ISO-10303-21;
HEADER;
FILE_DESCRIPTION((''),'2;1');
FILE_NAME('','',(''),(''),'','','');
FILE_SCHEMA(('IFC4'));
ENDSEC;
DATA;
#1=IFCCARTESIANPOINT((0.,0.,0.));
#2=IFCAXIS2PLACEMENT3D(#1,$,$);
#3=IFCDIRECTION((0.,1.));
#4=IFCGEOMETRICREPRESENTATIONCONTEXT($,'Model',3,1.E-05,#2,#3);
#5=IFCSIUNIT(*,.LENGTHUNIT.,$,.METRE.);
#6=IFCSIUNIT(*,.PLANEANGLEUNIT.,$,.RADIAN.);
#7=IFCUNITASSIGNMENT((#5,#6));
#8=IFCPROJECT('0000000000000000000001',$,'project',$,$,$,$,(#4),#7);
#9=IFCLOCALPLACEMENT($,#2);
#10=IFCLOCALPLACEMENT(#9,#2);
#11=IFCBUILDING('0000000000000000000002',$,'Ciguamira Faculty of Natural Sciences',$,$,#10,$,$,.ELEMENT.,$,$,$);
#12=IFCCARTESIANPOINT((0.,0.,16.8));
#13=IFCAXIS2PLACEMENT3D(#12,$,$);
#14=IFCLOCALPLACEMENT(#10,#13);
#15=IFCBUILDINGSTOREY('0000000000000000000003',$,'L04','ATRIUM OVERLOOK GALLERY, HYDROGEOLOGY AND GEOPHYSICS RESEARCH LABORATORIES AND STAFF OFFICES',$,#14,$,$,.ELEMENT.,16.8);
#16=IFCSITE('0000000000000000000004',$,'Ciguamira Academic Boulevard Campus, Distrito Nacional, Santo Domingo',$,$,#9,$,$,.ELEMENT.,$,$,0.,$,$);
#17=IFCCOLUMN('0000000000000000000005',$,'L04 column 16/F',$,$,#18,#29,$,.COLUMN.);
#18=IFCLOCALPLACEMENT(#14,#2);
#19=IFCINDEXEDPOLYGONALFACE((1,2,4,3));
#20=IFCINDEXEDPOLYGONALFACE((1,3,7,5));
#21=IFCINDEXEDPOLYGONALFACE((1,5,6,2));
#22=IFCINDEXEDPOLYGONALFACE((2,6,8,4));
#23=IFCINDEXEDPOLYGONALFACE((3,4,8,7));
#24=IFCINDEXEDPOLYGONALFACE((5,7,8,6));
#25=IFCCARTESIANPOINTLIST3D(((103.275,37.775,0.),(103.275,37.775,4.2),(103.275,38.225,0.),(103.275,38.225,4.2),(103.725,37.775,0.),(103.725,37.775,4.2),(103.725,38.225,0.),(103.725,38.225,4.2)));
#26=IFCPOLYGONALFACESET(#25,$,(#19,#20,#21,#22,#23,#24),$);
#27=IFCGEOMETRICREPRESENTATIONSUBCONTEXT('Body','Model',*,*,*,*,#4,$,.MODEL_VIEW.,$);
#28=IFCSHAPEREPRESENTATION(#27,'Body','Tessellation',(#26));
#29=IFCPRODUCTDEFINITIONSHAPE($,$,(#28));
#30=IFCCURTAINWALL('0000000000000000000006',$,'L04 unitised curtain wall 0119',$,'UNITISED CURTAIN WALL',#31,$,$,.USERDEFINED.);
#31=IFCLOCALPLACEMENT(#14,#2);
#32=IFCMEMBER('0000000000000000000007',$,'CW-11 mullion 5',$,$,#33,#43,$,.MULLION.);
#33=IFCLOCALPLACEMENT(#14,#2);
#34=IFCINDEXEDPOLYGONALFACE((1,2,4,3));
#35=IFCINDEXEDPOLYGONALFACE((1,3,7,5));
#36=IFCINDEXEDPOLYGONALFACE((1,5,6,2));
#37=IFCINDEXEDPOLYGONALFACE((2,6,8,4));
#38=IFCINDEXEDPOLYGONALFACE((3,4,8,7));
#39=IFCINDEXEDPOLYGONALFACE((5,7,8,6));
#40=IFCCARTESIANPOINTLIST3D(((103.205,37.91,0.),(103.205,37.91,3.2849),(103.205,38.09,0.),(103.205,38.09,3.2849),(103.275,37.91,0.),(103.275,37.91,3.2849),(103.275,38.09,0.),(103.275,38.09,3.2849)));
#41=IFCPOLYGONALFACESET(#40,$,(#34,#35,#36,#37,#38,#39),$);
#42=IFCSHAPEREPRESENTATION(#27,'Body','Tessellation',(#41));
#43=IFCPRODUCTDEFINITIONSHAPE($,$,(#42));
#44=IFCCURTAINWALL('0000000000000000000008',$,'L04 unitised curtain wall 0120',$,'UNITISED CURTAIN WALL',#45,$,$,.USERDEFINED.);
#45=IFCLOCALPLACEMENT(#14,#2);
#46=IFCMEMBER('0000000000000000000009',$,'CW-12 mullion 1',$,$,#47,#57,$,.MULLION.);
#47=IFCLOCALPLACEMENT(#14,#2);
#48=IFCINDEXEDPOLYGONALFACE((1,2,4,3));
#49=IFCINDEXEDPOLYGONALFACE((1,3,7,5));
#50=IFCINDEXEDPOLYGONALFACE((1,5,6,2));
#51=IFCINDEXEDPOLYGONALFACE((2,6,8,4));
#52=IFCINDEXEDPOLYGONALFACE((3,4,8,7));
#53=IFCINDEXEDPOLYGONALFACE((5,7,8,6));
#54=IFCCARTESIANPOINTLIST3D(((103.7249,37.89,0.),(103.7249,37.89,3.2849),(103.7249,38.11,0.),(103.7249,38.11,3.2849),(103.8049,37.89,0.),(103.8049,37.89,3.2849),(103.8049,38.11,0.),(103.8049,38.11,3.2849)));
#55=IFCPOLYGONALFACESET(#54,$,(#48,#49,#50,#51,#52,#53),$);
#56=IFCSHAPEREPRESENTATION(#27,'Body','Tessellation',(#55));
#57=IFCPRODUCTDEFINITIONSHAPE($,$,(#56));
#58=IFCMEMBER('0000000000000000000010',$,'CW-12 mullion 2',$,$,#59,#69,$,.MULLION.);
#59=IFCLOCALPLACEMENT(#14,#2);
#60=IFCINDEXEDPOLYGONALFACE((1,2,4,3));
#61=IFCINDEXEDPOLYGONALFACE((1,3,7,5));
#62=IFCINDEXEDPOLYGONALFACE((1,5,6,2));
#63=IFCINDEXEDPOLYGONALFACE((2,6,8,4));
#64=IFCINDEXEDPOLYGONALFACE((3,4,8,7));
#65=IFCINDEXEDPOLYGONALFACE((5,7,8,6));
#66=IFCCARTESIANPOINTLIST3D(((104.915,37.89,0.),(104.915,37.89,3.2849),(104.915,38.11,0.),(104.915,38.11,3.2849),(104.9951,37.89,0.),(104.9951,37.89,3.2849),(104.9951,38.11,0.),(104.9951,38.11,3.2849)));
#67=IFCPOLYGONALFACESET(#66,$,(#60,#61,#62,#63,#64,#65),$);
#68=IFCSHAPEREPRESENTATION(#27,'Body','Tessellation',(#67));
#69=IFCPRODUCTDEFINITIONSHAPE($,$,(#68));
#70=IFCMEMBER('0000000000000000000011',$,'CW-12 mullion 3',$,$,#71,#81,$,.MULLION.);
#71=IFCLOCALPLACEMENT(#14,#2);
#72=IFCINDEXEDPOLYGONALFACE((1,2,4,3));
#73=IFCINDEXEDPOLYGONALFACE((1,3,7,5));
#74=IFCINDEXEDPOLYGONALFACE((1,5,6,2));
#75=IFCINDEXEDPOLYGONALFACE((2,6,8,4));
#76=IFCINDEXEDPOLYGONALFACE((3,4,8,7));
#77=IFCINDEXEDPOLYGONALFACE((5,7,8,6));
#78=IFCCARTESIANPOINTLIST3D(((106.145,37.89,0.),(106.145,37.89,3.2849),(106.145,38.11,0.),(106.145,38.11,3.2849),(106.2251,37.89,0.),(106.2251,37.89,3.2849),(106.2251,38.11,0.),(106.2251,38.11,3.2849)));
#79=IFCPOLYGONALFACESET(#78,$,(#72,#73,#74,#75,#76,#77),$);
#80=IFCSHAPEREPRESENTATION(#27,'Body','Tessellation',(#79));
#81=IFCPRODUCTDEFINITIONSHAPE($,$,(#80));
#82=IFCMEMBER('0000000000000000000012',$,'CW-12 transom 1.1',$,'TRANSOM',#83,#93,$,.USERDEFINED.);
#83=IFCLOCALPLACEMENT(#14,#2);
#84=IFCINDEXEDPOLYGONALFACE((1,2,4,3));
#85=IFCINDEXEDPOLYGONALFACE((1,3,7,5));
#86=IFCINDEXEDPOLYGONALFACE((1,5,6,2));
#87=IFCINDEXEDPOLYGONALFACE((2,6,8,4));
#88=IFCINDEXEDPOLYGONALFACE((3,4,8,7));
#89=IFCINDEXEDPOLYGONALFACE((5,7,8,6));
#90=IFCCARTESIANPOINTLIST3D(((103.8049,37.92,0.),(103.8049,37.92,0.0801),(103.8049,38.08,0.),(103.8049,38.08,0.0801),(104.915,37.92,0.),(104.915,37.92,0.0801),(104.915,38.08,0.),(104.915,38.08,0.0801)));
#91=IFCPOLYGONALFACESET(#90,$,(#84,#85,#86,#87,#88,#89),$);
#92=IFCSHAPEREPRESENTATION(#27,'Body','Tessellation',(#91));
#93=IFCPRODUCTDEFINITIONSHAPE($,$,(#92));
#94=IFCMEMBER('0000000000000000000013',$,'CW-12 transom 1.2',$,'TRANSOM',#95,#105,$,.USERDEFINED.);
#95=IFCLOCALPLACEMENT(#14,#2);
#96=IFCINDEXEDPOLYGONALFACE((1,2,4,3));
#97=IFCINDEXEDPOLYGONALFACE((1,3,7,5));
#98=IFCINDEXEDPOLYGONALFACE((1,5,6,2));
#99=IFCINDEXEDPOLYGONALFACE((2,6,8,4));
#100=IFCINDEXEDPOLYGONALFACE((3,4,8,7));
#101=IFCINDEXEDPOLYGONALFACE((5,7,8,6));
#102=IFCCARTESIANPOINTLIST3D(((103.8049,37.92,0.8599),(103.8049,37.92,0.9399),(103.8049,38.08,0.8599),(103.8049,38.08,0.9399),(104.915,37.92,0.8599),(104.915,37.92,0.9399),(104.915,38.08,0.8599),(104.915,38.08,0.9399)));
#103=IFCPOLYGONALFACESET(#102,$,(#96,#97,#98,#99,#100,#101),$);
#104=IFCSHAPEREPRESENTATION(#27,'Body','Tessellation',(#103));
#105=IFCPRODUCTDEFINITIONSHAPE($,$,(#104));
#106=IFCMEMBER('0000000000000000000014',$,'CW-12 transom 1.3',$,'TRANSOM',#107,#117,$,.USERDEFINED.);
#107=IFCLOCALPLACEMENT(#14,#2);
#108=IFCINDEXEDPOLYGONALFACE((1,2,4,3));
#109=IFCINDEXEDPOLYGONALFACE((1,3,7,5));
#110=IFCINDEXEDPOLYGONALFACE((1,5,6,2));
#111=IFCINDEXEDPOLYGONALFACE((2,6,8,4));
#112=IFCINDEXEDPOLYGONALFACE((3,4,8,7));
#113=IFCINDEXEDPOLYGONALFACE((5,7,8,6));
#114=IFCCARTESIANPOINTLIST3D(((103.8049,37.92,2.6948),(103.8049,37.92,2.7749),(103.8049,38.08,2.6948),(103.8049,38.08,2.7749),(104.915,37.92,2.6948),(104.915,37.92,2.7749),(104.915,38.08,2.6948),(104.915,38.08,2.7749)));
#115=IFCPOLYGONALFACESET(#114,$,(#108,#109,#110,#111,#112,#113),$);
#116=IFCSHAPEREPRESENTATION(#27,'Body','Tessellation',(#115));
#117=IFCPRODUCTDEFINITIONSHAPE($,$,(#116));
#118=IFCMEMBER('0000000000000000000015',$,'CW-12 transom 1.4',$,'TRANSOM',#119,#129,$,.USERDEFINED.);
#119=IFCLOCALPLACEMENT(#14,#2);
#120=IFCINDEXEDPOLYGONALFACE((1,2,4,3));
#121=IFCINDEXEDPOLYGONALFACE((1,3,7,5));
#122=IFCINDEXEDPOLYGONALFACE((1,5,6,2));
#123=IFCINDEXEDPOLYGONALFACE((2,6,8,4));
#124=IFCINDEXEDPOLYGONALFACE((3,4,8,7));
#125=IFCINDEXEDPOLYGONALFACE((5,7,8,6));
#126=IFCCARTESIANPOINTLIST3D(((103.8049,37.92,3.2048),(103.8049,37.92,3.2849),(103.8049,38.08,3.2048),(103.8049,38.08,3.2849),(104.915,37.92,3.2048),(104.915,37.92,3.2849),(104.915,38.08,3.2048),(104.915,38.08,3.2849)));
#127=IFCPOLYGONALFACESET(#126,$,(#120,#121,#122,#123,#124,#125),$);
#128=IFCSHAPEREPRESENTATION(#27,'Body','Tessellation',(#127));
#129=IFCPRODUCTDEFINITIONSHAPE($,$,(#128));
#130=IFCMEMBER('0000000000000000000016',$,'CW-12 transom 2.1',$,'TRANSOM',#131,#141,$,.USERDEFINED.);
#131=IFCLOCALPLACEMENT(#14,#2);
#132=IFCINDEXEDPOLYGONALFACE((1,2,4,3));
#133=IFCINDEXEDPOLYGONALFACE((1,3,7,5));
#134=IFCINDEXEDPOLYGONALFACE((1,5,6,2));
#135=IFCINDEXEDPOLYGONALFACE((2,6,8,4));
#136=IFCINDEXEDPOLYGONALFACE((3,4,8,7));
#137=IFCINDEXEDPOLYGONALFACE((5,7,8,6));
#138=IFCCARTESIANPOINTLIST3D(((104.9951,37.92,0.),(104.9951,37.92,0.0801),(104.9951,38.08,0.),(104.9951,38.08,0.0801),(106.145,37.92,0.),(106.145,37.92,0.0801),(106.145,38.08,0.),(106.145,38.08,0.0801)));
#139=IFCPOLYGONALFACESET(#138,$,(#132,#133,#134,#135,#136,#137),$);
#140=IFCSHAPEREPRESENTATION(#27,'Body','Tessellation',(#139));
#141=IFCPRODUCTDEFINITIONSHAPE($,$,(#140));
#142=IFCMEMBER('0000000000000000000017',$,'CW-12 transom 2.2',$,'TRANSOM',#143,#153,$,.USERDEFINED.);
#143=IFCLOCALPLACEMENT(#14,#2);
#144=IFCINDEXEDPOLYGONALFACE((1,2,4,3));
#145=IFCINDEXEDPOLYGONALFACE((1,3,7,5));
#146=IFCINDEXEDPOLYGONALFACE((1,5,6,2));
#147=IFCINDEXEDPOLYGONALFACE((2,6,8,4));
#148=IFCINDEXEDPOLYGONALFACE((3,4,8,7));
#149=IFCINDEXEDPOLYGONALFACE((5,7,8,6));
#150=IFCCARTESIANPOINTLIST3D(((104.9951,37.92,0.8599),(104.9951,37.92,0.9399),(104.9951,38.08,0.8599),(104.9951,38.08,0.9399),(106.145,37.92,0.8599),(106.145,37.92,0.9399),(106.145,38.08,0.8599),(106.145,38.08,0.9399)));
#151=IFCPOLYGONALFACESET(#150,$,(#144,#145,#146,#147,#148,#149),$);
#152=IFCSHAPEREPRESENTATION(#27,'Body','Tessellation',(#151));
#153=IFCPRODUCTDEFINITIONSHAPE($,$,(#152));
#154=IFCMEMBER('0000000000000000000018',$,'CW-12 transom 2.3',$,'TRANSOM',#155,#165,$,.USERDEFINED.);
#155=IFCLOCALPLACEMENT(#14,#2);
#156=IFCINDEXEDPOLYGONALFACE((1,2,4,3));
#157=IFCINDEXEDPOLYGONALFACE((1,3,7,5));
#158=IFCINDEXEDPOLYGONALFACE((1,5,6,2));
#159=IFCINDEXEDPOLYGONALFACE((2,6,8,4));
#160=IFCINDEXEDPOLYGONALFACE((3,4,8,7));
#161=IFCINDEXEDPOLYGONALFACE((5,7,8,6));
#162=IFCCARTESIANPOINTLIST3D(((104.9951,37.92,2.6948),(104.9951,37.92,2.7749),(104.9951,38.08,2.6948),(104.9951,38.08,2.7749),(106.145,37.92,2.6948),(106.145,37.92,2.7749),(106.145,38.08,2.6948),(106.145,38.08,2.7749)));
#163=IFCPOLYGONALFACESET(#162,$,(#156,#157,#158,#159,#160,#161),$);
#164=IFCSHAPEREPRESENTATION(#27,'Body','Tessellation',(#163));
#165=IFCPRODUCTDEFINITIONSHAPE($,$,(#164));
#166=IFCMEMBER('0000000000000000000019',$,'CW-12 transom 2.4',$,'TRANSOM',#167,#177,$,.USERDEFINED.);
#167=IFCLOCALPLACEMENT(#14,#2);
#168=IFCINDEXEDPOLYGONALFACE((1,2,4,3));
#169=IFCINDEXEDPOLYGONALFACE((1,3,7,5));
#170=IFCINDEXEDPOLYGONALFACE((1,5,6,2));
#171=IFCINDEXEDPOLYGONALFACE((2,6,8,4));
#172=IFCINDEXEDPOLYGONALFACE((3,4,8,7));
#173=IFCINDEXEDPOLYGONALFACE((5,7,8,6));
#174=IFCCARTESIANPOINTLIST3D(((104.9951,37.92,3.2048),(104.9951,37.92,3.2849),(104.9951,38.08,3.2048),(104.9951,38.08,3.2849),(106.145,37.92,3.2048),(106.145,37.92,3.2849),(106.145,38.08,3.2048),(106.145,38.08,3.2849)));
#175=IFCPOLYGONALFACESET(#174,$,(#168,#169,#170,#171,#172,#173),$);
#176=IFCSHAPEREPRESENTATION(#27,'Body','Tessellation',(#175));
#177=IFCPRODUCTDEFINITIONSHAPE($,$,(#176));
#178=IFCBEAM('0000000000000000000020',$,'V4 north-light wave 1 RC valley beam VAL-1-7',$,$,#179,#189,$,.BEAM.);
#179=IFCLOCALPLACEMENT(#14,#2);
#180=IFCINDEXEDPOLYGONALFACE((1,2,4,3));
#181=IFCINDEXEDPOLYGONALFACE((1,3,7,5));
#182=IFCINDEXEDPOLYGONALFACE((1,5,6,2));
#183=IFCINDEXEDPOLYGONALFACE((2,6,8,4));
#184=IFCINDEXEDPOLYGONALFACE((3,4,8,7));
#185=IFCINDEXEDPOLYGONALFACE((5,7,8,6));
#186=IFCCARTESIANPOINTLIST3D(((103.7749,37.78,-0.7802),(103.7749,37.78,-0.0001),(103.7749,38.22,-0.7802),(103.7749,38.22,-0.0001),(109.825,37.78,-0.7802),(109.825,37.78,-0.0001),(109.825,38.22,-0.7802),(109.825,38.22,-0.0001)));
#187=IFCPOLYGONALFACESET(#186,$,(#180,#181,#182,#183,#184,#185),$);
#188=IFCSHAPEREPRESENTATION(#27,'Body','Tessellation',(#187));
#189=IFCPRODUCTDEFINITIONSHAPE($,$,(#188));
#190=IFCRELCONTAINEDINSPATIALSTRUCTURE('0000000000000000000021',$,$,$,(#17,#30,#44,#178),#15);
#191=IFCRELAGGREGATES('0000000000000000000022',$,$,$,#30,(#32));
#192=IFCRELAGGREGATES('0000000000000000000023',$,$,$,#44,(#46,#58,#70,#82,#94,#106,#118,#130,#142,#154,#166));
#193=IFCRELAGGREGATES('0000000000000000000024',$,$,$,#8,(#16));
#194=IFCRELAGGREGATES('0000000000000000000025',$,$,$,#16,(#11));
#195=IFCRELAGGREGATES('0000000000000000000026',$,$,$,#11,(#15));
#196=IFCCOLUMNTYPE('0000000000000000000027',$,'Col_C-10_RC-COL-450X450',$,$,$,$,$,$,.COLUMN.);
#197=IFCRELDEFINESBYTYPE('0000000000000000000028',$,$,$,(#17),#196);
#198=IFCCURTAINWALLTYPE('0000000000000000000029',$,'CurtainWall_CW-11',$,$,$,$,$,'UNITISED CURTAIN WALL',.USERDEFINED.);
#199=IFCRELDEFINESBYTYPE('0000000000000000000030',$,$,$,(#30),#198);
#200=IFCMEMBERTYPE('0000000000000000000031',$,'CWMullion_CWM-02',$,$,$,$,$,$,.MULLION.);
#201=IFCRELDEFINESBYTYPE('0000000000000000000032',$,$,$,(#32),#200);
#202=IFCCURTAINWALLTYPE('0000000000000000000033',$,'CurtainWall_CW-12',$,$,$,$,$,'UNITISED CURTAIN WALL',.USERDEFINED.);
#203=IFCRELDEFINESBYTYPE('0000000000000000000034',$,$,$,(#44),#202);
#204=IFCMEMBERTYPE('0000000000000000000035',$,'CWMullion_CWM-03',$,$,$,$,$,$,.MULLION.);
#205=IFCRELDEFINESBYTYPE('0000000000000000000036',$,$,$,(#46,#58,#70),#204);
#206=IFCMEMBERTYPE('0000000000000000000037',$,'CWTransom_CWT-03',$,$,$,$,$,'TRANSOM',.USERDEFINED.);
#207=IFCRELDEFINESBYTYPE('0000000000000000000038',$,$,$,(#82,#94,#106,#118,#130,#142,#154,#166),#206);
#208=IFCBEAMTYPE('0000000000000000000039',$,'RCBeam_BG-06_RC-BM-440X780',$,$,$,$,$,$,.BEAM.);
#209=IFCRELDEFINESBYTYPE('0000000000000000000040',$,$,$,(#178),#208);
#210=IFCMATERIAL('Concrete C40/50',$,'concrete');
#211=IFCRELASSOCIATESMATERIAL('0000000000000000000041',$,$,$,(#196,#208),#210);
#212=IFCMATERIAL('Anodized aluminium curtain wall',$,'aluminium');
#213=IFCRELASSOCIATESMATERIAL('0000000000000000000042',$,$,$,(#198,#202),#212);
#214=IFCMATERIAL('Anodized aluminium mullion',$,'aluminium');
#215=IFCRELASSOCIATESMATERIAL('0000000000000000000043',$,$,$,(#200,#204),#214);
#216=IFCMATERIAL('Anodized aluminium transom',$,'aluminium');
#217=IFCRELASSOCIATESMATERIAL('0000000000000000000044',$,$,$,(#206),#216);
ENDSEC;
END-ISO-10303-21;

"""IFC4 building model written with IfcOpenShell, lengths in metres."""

from ifc_helpers import new_model, si_unit, direction, frame, origin, origin_2d, place, context, subcontext, project, spatial, rectangle, extrude, material, material_profile, profile_set, type_object, element, aggregate, save


model = new_model("IFC4")

# Units and contexts
model_context = context("Model", 3, precision=1e-05, world=origin(), true_north=direction((0.0, 1.0)))
body_context = subcontext(model_context, "Body", "Model", "MODEL_VIEW")
ifc_project = project(units=[si_unit("LENGTHUNIT", "METRE"), si_unit("PLANEANGLEUNIT", "RADIAN")], contexts=[model_context])

# Site, building, storey
site_placement = place(None, origin())
site = spatial("IfcSite", under=ifc_project, at=site_placement, Name="Ciguamira Academic Boulevard Campus, Distrito Nacional, Santo Domingo", CompositionType="ELEMENT", RefElevation=0.0)
building_placement = place(site_placement, origin())
building = spatial("IfcBuilding", under=site, at=building_placement, Name="Ciguamira Faculty of Natural Sciences", CompositionType="ELEMENT")
storey_placement = place(building_placement, frame((0.0, 0.0, 16.8)))
storey = spatial("IfcBuildingStorey", under=building, at=storey_placement, Name="L04", Description="ATRIUM OVERLOOK GALLERY, HYDROGEOLOGY AND GEOPHYSICS RESEARCH LABORATORIES AND STAFF OFFICES", CompositionType="ELEMENT", Elevation=16.8)

# Column
ifc_material_1 = material(Name="Concrete C40/50", Category="concrete")
ifc_material_profile_1 = material_profile(ifc_material_1, rectangle(XDim=0.45, YDim=0.45, at=origin_2d()), Name="RC-COL-450X450")
ifc_profile_set_1 = profile_set([ifc_material_profile_1], Name="Concrete C40/50")
column_type = type_object("IfcColumnType", Name="Col_C-10_RC-COL-450X450", PredefinedType="COLUMN", material=ifc_profile_set_1)
column_placement = place(storey_placement, frame((103.5, 38.0, 0.0), z_axis=(0.0, 0.0, 1.0), x_axis=(1.0, 0.0, 0.0)))
element("IfcColumn", 1, at=column_placement, inside=storey, type_object=column_type, Name="L04 column 16/F", PredefinedType="COLUMN", context=body_context, shape_type="SweptSolid", body=[
    extrude(rectangle(XDim=0.45, YDim=0.45, at=origin_2d()), origin(), (0.0, 0.0, 1.0), 4.2),
])

# Curtain wall, member
ifc_material_2 = material(Name="Anodized aluminium curtain wall", Category="aluminium")
curtain_wall_type_1 = type_object("IfcCurtainWallType", Name="CurtainWall_CW-11", ElementType="UNITISED CURTAIN WALL", PredefinedType="USERDEFINED", material=ifc_material_2)
curtain_wall_1_placement = place(storey_placement, origin())
curtain_wall_1 = element("IfcCurtainWall", 2, at=curtain_wall_1_placement, inside=storey, type_object=curtain_wall_type_1, Name="L04 unitised curtain wall 0119", ObjectType="UNITISED CURTAIN WALL", PredefinedType="USERDEFINED")
ifc_material_3 = material(Name="Anodized aluminium mullion", Category="aluminium")
ifc_material_profile_2 = material_profile(ifc_material_3, rectangle(XDim=0.0701, YDim=0.1799, at=origin_2d()), Name="ALU-MUL-70X180")
ifc_profile_set_2 = profile_set([ifc_material_profile_2], Name="Anodized aluminium mullion")
member_type_1 = type_object("IfcMemberType", Name="CWMullion_CWM-02", PredefinedType="MULLION", material=ifc_profile_set_2)
member_1_placement = place(storey_placement, frame((103.24, 38.0, 0.0), z_axis=(0.0, 0.0, 1.0), x_axis=(1.0, 0.0, 0.0)))
member_1 = element("IfcMember", 3, at=member_1_placement, type_object=member_type_1, Name="CW-11 mullion 5", PredefinedType="MULLION", context=body_context, shape_type="SweptSolid", body=[
    extrude(rectangle(XDim=0.0701, YDim=0.1799, at=origin_2d()), origin(), (0.0, 0.0, 1.0), 3.2849),
])

# Curtain wall, members
curtain_wall_type_2 = type_object("IfcCurtainWallType", Name="CurtainWall_CW-12", ElementType="UNITISED CURTAIN WALL", PredefinedType="USERDEFINED", material=ifc_material_2)
curtain_wall_2_placement = place(storey_placement, origin())
curtain_wall_2 = element("IfcCurtainWall", 4, at=curtain_wall_2_placement, inside=storey, type_object=curtain_wall_type_2, Name="L04 unitised curtain wall 0120", ObjectType="UNITISED CURTAIN WALL", PredefinedType="USERDEFINED")
ifc_material_profile_3 = material_profile(ifc_material_3, rectangle(XDim=0.0801, YDim=0.22, at=origin_2d()), Name="ALU-MUL-80X220")
ifc_profile_set_3 = profile_set([ifc_material_profile_3], Name="Anodized aluminium mullion")
member_type_2 = type_object("IfcMemberType", Name="CWMullion_CWM-03", PredefinedType="MULLION", material=ifc_profile_set_3)
member_2_placement = place(storey_placement, frame((103.7649, 38.0, 0.0), z_axis=(0.0, 0.0, 1.0), x_axis=(1.0, 0.0, 0.0)))
member_2 = element("IfcMember", 5, at=member_2_placement, type_object=member_type_2, Name="CW-12 mullion 1", PredefinedType="MULLION", context=body_context, shape_type="SweptSolid", body=[
    extrude(rectangle(XDim=0.0801, YDim=0.22, at=origin_2d()), origin(), (0.0, 0.0, 1.0), 3.2849),
])
member_3_placement = place(storey_placement, frame((104.9551, 38.0, 0.0), z_axis=(0.0, 0.0, 1.0), x_axis=(1.0, 0.0, 0.0)))
member_3 = element("IfcMember", 6, at=member_3_placement, type_object=member_type_2, Name="CW-12 mullion 2", PredefinedType="MULLION", context=body_context, shape_type="SweptSolid", body=[
    extrude(rectangle(XDim=0.0801, YDim=0.22, at=origin_2d()), origin(), (0.0, 0.0, 1.0), 3.2849),
])
member_4_placement = place(storey_placement, frame((106.1851, 38.0, 0.0), z_axis=(0.0, 0.0, 1.0), x_axis=(1.0, 0.0, 0.0)))
member_4 = element("IfcMember", 7, at=member_4_placement, type_object=member_type_2, Name="CW-12 mullion 3", PredefinedType="MULLION", context=body_context, shape_type="SweptSolid", body=[
    extrude(rectangle(XDim=0.0801, YDim=0.22, at=origin_2d()), origin(), (0.0, 0.0, 1.0), 3.2849),
])
ifc_material_4 = material(Name="Anodized aluminium transom", Category="aluminium")
ifc_material_profile_4 = material_profile(ifc_material_4, rectangle(XDim=0.0801, YDim=0.1599, at=origin_2d()), Name="ALU-TRN-80X160")
ifc_profile_set_4 = profile_set([ifc_material_profile_4], Name="Anodized aluminium transom")
member_type_3 = type_object("IfcMemberType", Name="CWTransom_CWT-03", ElementType="TRANSOM", PredefinedType="USERDEFINED", material=ifc_profile_set_4)
member_5_placement = place(storey_placement, frame((103.8049, 38.0, 0.04), z_axis=(1.0, 0.0, 0.0), x_axis=(0.0, 0.0, 1.0)))
member_5 = element("IfcMember", 8, at=member_5_placement, type_object=member_type_3, Name="CW-12 transom 1.1", ObjectType="TRANSOM", PredefinedType="USERDEFINED", context=body_context, shape_type="SweptSolid", body=[
    extrude(rectangle(XDim=0.0801, YDim=0.1599, at=origin_2d()), origin(), (0.0, 0.0, 1.0), 1.1101),
])
member_6_placement = place(storey_placement, frame((103.8049, 38.0, 0.8999), z_axis=(1.0, 0.0, 0.0), x_axis=(0.0, 0.0, 1.0)))
member_6 = element("IfcMember", 9, at=member_6_placement, type_object=member_type_3, Name="CW-12 transom 1.2", ObjectType="TRANSOM", PredefinedType="USERDEFINED", context=body_context, shape_type="SweptSolid", body=[
    extrude(rectangle(XDim=0.0801, YDim=0.1599, at=origin_2d()), origin(), (0.0, 0.0, 1.0), 1.1101),
])
member_7_placement = place(storey_placement, frame((103.8049, 38.0, 2.7349), z_axis=(1.0, 0.0, 0.0), x_axis=(0.0, 0.0, 1.0)))
member_7 = element("IfcMember", 10, at=member_7_placement, type_object=member_type_3, Name="CW-12 transom 1.3", ObjectType="TRANSOM", PredefinedType="USERDEFINED", context=body_context, shape_type="SweptSolid", body=[
    extrude(rectangle(XDim=0.0801, YDim=0.1599, at=origin_2d()), origin(), (0.0, 0.0, 1.0), 1.1101),
])
member_8_placement = place(storey_placement, frame((103.8049, 38.0, 3.2449), z_axis=(1.0, 0.0, 0.0), x_axis=(0.0, 0.0, 1.0)))
member_8 = element("IfcMember", 11, at=member_8_placement, type_object=member_type_3, Name="CW-12 transom 1.4", ObjectType="TRANSOM", PredefinedType="USERDEFINED", context=body_context, shape_type="SweptSolid", body=[
    extrude(rectangle(XDim=0.0801, YDim=0.1599, at=origin_2d()), origin(), (0.0, 0.0, 1.0), 1.1101),
])
member_9_placement = place(storey_placement, frame((104.9951, 38.0, 0.04), z_axis=(1.0, 0.0, 0.0), x_axis=(0.0, 0.0, 1.0)))
member_9 = element("IfcMember", 12, at=member_9_placement, type_object=member_type_3, Name="CW-12 transom 2.1", ObjectType="TRANSOM", PredefinedType="USERDEFINED", context=body_context, shape_type="SweptSolid", body=[
    extrude(rectangle(XDim=0.0801, YDim=0.1599, at=origin_2d()), origin(), (0.0, 0.0, 1.0), 1.1499),
])
member_10_placement = place(storey_placement, frame((104.9951, 38.0, 0.8999), z_axis=(1.0, 0.0, 0.0), x_axis=(0.0, 0.0, 1.0)))
member_10 = element("IfcMember", 13, at=member_10_placement, type_object=member_type_3, Name="CW-12 transom 2.2", ObjectType="TRANSOM", PredefinedType="USERDEFINED", context=body_context, shape_type="SweptSolid", body=[
    extrude(rectangle(XDim=0.0801, YDim=0.1599, at=origin_2d()), origin(), (0.0, 0.0, 1.0), 1.1499),
])
member_11_placement = place(storey_placement, frame((104.9951, 38.0, 2.7349), z_axis=(1.0, 0.0, 0.0), x_axis=(0.0, 0.0, 1.0)))
member_11 = element("IfcMember", 14, at=member_11_placement, type_object=member_type_3, Name="CW-12 transom 2.3", ObjectType="TRANSOM", PredefinedType="USERDEFINED", context=body_context, shape_type="SweptSolid", body=[
    extrude(rectangle(XDim=0.0801, YDim=0.1599, at=origin_2d()), origin(), (0.0, 0.0, 1.0), 1.1499),
])
member_12_placement = place(storey_placement, frame((104.9951, 38.0, 3.2449), z_axis=(1.0, 0.0, 0.0), x_axis=(0.0, 0.0, 1.0)))
member_12 = element("IfcMember", 15, at=member_12_placement, type_object=member_type_3, Name="CW-12 transom 2.4", ObjectType="TRANSOM", PredefinedType="USERDEFINED", context=body_context, shape_type="SweptSolid", body=[
    extrude(rectangle(XDim=0.0801, YDim=0.1599, at=origin_2d()), origin(), (0.0, 0.0, 1.0), 1.1499),
])

# Beam
ifc_material_profile_5 = material_profile(ifc_material_1, rectangle(XDim=0.4399, YDim=0.78, at=origin_2d()), Name="RC-BM-440X780")
ifc_profile_set_5 = profile_set([ifc_material_profile_5], Name="Concrete C40/50")
beam_type = type_object("IfcBeamType", Name="RCBeam_BG-06_RC-BM-440X780", PredefinedType="BEAM", material=ifc_profile_set_5)
beam_placement = place(storey_placement, frame((103.7749, 38.0, -0.3901), z_axis=(1.0, 0.0, 0.0), x_axis=(0.0, 1.0, 0.0)))
element("IfcBeam", 16, at=beam_placement, inside=storey, type_object=beam_type, Name="V4 north-light wave 1 RC valley beam VAL-1-7", PredefinedType="BEAM", context=body_context, shape_type="SweptSolid", body=[
    extrude(rectangle(XDim=0.4399, YDim=0.78, at=origin_2d()), origin(), (0.0, 0.0, 1.0), 6.05),
])

aggregate(curtain_wall_1, [member_1])
aggregate(curtain_wall_2, [member_2, member_3, member_4, member_5, member_6, member_7, member_8, member_9, member_10, member_11, member_12])

save(model, "model.ifc")
